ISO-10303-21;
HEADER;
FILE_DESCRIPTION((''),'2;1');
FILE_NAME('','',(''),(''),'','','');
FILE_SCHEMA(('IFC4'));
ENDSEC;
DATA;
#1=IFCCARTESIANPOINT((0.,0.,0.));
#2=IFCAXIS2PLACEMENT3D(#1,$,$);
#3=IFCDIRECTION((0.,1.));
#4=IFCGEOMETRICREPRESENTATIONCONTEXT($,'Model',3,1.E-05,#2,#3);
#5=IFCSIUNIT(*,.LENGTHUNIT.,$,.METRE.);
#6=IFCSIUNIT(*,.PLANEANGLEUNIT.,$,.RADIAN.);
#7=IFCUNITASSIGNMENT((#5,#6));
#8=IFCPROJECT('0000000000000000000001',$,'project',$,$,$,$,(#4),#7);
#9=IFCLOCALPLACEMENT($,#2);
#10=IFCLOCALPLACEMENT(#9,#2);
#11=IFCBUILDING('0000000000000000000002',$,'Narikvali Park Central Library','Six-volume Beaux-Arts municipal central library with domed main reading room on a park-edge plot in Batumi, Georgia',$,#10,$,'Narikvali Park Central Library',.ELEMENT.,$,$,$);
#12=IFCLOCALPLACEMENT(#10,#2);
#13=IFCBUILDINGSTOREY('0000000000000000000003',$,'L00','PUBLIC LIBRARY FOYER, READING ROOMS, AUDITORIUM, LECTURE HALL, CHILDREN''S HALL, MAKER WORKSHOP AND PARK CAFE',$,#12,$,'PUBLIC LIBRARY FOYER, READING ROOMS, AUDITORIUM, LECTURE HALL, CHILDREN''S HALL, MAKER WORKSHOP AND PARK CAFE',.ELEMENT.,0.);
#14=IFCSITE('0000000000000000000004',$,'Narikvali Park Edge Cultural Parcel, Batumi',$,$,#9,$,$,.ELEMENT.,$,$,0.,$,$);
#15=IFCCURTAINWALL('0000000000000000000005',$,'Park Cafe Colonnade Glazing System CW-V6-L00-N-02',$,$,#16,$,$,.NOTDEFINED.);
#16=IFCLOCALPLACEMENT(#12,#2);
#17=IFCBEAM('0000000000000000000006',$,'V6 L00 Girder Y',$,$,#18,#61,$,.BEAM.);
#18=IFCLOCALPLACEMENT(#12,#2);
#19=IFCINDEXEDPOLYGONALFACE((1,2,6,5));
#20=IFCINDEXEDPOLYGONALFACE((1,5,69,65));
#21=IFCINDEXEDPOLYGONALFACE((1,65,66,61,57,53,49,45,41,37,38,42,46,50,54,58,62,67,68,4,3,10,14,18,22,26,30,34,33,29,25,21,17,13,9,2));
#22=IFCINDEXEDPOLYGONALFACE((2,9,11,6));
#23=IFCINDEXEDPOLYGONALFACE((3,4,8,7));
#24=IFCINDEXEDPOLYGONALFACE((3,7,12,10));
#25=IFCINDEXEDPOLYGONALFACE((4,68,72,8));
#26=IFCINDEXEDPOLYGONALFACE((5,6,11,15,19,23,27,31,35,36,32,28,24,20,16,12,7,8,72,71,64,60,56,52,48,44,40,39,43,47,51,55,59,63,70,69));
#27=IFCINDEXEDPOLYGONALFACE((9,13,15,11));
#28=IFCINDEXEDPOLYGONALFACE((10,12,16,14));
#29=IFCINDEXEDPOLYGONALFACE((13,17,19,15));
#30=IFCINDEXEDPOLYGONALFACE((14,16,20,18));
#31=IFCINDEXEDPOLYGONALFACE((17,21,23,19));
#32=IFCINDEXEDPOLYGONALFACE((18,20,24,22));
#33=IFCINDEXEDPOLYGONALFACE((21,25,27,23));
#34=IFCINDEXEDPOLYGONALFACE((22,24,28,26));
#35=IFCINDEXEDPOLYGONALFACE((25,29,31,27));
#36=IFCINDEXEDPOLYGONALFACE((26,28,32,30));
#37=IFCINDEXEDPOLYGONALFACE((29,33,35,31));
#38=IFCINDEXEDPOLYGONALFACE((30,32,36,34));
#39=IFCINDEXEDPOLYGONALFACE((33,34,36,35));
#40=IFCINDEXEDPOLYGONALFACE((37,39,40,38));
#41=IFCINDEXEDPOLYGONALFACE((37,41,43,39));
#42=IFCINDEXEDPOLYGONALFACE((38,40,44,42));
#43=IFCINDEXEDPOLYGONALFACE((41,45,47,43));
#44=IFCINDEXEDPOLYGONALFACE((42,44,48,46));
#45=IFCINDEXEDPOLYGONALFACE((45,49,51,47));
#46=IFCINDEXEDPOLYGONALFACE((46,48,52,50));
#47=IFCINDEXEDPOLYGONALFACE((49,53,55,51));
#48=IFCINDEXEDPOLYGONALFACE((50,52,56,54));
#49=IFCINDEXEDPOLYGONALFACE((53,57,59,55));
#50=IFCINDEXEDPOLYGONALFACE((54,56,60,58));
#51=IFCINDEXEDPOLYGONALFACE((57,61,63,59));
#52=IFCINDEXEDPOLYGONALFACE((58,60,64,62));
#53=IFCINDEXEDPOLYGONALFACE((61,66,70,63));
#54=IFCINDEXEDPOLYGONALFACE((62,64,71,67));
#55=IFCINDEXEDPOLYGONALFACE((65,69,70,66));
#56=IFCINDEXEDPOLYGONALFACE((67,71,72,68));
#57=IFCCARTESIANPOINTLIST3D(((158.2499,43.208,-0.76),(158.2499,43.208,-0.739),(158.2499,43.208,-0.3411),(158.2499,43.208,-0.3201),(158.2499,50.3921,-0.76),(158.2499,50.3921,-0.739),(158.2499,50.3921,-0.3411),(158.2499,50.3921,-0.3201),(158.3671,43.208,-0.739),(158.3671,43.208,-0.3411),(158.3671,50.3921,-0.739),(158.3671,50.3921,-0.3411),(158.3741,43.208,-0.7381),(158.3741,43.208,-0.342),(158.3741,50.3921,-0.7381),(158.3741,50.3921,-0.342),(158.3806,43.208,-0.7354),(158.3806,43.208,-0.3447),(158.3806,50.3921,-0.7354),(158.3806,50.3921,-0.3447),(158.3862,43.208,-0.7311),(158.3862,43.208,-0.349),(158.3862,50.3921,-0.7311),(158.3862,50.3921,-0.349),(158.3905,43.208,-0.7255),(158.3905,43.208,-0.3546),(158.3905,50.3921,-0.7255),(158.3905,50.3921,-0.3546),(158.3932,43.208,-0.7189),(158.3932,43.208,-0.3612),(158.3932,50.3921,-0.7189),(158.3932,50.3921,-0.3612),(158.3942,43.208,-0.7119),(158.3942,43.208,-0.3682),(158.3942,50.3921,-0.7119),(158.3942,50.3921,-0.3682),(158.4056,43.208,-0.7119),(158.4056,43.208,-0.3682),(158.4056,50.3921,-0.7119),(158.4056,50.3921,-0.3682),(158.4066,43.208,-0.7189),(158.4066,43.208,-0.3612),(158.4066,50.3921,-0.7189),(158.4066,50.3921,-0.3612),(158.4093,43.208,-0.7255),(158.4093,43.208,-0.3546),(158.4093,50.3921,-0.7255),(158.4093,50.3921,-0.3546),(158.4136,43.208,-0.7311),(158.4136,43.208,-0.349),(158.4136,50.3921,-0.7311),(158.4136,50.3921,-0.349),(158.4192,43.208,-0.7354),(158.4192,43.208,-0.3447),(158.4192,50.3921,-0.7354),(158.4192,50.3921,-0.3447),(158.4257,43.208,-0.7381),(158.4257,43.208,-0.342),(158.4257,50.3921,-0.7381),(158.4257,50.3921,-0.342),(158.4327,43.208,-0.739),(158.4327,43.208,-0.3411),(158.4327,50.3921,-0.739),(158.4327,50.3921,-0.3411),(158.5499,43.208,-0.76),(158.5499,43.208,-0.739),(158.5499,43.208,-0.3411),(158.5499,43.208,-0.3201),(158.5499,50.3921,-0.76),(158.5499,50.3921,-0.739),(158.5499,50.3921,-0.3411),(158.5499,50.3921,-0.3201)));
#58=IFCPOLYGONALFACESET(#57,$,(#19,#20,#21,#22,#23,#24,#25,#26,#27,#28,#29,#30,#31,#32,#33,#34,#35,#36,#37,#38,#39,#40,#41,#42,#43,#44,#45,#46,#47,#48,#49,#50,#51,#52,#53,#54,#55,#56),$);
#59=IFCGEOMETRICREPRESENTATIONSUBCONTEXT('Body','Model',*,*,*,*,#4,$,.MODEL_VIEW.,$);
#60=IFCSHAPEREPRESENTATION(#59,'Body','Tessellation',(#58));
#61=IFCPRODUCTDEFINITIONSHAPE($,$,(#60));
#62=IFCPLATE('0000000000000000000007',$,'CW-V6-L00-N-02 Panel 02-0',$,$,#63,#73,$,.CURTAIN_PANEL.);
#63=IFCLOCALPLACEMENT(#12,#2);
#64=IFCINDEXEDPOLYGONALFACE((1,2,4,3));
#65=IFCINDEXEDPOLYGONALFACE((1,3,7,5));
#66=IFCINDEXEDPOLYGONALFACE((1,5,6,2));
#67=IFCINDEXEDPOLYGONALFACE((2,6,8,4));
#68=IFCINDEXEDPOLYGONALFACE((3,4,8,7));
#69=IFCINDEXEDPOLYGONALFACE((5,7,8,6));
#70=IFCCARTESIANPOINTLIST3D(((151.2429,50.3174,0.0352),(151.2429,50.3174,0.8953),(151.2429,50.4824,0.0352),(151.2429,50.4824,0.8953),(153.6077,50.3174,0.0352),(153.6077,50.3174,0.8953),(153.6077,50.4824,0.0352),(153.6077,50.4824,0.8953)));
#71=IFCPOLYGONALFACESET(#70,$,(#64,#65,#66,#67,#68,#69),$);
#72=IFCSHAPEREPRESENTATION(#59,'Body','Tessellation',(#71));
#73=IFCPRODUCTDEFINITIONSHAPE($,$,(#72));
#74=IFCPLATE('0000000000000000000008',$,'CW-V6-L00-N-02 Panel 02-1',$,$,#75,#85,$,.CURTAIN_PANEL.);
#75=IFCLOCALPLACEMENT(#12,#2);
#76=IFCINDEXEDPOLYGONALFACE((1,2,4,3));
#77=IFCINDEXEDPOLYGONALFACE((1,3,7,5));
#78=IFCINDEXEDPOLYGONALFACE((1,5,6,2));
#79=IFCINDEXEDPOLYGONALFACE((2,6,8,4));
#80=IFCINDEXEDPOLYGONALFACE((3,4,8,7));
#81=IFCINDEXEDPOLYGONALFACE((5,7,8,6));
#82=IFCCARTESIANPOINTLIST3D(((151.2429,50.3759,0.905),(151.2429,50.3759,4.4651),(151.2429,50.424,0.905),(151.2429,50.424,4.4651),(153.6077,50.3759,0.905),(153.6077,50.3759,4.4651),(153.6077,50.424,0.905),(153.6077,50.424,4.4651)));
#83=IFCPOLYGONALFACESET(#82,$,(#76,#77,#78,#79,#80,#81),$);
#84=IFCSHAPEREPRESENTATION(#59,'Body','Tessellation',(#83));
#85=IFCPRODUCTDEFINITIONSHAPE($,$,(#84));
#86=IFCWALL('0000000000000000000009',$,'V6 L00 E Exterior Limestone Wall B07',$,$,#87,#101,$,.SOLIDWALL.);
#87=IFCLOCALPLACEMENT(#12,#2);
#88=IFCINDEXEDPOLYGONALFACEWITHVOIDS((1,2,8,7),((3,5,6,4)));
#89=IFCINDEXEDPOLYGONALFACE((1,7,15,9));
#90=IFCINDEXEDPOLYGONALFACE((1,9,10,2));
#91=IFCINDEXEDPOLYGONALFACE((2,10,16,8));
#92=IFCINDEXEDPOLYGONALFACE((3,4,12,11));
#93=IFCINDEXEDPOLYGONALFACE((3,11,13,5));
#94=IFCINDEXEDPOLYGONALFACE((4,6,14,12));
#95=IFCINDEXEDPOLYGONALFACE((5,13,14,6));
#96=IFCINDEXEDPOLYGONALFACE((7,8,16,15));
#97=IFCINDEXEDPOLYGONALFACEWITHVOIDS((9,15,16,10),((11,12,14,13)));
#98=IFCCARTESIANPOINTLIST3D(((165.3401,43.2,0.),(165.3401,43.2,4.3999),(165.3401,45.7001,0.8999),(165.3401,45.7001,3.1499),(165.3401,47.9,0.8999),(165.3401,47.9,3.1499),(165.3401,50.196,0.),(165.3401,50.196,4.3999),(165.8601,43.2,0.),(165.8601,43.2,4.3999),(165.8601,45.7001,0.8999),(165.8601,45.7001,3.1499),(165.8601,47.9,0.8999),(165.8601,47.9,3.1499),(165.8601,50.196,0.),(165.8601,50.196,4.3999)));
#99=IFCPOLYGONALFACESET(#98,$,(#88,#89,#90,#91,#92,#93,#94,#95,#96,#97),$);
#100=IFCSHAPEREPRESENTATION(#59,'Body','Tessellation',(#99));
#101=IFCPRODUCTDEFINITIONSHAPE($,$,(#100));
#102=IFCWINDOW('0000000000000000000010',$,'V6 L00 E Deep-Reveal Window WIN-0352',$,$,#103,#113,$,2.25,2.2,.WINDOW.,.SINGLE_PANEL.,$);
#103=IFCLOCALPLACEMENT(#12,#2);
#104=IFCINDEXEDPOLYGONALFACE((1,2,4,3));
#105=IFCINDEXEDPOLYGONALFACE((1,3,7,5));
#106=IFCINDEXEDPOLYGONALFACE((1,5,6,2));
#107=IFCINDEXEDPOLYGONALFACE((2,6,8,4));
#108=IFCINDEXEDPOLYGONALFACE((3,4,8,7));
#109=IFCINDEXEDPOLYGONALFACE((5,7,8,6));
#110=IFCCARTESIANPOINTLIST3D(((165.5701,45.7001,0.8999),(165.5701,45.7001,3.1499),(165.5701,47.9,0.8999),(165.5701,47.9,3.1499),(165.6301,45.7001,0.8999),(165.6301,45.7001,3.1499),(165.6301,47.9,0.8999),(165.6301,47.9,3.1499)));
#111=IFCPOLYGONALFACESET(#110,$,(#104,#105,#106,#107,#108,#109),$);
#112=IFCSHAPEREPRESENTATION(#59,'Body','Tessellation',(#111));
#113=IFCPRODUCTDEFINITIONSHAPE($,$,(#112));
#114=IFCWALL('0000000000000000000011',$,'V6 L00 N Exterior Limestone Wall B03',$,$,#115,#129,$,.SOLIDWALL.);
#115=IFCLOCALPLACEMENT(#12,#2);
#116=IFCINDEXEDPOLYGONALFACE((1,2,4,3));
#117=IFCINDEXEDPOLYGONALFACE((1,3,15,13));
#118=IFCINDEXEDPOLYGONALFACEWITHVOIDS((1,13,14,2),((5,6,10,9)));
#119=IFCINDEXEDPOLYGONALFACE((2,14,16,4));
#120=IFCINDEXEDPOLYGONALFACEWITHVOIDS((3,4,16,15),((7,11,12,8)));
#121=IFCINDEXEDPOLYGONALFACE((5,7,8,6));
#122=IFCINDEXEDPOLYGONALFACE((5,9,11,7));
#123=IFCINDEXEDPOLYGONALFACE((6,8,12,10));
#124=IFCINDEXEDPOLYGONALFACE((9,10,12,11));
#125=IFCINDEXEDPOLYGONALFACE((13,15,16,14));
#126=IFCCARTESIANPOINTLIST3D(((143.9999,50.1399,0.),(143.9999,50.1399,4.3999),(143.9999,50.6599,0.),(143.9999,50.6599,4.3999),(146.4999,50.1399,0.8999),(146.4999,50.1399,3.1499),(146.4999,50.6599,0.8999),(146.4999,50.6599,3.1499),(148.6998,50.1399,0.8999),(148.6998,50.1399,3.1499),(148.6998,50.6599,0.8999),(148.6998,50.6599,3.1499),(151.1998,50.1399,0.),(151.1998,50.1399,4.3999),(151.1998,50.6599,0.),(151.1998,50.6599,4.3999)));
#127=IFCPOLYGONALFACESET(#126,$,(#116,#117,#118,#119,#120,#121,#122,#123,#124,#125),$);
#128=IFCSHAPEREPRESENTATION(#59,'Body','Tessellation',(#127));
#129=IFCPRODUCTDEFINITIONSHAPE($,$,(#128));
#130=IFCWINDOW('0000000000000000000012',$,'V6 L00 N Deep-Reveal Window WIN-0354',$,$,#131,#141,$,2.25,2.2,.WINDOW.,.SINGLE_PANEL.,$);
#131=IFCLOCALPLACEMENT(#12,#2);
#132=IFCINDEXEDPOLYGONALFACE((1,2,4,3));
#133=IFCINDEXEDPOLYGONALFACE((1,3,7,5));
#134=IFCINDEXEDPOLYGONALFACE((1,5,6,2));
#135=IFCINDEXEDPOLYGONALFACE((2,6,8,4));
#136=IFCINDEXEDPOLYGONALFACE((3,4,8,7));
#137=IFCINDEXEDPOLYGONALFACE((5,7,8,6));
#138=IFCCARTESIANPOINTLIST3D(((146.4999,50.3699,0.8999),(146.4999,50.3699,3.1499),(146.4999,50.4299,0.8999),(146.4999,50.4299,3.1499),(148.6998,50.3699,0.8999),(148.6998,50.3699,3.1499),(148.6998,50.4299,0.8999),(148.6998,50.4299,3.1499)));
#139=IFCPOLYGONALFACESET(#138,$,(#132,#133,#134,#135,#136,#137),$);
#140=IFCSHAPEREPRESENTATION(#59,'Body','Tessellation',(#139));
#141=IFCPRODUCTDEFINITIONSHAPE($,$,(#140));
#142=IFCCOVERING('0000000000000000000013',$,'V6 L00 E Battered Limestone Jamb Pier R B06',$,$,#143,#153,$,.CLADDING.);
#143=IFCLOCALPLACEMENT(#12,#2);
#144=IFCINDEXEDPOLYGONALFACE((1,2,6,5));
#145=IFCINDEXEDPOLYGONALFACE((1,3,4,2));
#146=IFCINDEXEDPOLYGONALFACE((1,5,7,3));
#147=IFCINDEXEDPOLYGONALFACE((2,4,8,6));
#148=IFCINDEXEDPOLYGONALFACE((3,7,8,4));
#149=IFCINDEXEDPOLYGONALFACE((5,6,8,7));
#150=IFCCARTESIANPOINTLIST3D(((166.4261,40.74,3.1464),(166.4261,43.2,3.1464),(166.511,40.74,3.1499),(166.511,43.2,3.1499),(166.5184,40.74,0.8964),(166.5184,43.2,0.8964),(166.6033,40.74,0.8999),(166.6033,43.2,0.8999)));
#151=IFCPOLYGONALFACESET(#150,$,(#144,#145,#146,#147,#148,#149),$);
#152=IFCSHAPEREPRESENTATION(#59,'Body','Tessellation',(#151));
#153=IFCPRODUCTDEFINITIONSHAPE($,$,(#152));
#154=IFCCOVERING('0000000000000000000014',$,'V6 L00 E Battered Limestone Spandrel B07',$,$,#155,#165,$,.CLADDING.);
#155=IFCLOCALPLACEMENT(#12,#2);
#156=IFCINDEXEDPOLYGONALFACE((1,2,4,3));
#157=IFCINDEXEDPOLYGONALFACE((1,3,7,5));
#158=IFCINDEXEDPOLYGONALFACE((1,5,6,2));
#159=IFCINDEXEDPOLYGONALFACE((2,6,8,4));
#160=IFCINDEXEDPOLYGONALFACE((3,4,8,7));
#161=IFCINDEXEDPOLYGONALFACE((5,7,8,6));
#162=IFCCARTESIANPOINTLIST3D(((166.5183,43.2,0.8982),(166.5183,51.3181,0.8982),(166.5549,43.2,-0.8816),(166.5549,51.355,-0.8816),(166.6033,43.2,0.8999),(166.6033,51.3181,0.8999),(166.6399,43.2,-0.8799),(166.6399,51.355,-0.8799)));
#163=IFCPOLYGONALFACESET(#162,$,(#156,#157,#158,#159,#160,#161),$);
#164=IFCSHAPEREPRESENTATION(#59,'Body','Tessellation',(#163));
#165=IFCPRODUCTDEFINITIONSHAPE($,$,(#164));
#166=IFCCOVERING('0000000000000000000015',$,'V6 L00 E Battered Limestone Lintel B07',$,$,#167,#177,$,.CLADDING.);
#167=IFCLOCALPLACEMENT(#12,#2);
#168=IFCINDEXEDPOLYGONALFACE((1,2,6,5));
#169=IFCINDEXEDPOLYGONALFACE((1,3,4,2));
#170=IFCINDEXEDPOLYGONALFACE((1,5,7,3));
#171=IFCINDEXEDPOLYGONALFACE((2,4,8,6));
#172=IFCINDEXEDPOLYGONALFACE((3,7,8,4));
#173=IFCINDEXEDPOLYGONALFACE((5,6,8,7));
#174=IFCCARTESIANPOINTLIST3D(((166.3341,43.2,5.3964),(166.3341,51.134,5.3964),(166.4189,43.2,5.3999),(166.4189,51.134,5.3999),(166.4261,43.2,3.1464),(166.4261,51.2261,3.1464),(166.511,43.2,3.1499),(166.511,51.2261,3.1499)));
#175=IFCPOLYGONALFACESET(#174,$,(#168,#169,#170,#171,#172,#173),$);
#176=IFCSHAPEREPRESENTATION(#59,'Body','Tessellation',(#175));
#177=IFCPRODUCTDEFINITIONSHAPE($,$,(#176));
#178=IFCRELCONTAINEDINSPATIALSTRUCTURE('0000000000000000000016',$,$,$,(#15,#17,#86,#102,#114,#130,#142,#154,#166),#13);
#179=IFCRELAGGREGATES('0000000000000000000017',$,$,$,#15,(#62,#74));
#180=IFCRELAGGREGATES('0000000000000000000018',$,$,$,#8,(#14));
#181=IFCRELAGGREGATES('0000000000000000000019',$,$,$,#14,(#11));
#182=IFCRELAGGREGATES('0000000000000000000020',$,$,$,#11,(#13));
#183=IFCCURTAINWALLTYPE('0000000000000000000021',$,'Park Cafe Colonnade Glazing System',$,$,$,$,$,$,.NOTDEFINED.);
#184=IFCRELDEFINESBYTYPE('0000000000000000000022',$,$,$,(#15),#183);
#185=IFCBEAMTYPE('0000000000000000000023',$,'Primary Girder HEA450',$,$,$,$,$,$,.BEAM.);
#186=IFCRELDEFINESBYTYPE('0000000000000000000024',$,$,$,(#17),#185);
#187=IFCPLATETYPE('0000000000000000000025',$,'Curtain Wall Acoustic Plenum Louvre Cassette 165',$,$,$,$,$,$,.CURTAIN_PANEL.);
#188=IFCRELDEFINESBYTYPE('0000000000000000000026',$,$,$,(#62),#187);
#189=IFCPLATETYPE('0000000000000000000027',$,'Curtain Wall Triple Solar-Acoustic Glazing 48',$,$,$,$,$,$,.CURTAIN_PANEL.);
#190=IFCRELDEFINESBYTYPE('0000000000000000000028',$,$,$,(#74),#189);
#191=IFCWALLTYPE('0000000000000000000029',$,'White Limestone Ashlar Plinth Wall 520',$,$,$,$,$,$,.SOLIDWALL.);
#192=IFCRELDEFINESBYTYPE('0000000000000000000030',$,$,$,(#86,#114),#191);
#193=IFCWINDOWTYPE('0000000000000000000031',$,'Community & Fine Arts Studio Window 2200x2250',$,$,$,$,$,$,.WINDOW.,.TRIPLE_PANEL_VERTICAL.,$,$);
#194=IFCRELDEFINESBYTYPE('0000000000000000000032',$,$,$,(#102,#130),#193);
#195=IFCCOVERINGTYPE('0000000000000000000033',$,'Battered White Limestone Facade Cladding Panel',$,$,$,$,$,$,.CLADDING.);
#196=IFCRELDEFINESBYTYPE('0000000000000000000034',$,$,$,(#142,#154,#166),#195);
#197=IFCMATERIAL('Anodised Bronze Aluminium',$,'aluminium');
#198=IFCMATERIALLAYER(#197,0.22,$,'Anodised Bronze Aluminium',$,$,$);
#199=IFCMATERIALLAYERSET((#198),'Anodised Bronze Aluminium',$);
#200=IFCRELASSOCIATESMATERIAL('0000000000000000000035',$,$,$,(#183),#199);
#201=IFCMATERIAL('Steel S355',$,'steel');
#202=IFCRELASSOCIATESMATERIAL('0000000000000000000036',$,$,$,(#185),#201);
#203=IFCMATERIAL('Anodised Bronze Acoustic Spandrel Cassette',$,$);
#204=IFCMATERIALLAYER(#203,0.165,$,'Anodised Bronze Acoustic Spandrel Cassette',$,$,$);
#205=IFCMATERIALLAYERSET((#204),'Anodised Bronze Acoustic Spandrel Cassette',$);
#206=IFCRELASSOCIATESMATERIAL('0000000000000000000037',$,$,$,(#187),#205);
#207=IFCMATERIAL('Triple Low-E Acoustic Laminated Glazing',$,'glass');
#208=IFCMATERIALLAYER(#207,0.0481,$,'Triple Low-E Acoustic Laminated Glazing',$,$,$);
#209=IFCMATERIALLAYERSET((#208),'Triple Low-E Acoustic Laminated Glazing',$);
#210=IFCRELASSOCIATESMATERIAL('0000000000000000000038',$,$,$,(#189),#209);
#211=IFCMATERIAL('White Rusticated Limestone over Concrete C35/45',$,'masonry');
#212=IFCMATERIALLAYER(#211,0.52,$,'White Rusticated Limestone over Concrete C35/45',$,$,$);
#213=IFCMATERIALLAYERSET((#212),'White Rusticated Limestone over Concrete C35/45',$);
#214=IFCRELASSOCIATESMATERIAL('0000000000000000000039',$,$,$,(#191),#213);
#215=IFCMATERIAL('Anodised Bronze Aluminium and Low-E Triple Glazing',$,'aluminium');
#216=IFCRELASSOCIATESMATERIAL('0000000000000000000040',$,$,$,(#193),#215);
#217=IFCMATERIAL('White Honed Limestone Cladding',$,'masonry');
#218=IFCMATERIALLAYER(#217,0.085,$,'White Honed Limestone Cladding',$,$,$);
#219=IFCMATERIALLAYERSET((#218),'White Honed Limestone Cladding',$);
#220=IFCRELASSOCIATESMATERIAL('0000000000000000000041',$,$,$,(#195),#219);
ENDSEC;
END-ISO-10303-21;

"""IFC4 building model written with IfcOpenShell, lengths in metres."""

from ifc_helpers import new_model, si_unit, direction, frame, frame_2d, origin, origin_2d, place, context, subcontext, project, spatial, polyline, rectangle, i_section, outline, extrude, material, layer, layer_set, material_profile, profile_set, type_object, element, fill, aggregate, save


model = new_model("IFC4")

# Units and contexts
model_context = context("Model", 3, precision=1e-05, world=origin(), true_north=direction((0.0, 1.0)))
body_context = subcontext(model_context, "Body", "Model", "MODEL_VIEW")
ifc_project = project(units=[si_unit("LENGTHUNIT", "METRE"), si_unit("PLANEANGLEUNIT", "RADIAN")], contexts=[model_context])

# Site, building, storey
site_placement = place(None, origin())
site = spatial("IfcSite", under=ifc_project, at=site_placement, Name="Narikvali Park Edge Cultural Parcel, Batumi", CompositionType="ELEMENT", RefElevation=0.0)
building_placement = place(site_placement, origin())
building = spatial("IfcBuilding", under=site, at=building_placement, Name="Narikvali Park Central Library", Description="Six-volume Beaux-Arts municipal central library with domed main reading room on a park-edge plot in Batumi, Georgia", LongName="Narikvali Park Central Library", CompositionType="ELEMENT")
storey_placement = place(building_placement, origin())
storey = spatial("IfcBuildingStorey", under=building, at=storey_placement, Name="L00", Description="PUBLIC LIBRARY FOYER, READING ROOMS, AUDITORIUM, LECTURE HALL, CHILDREN'S HALL, MAKER WORKSHOP AND PARK CAFE", LongName="PUBLIC LIBRARY FOYER, READING ROOMS, AUDITORIUM, LECTURE HALL, CHILDREN'S HALL, MAKER WORKSHOP AND PARK CAFE", CompositionType="ELEMENT", Elevation=0.0)

# Shared definitions
ifc_material_1 = material(Name="Steel S355", Category="steel")

# Curtain wall
ifc_material_2 = material(Name="Anodised Bronze Aluminium", Category="aluminium")
ifc_layer_1 = layer(ifc_material_2, 0.22, Name="Anodised Bronze Aluminium")
ifc_layer_set_1 = layer_set([ifc_layer_1], Name="Anodised Bronze Aluminium")
curtain_wall_type = type_object("IfcCurtainWallType", Name="Park Cafe Colonnade Glazing System", PredefinedType="NOTDEFINED", material=ifc_layer_set_1)
curtain_wall_placement = place(storey_placement, origin())
curtain_wall = element("IfcCurtainWall", 1, at=curtain_wall_placement, inside=storey, type_object=curtain_wall_type, Name="Park Cafe Colonnade Glazing System CW-V6-L00-N-02", PredefinedType="NOTDEFINED")

# Beam
ifc_material_profile_1 = material_profile(ifc_material_1, i_section(OverallWidth=0.3, OverallDepth=0.4399, WebThickness=0.0115, FlangeThickness=0.021, FilletRadius=0.0271, at=origin_2d()), Name="HEA 450")
ifc_profile_set_1 = profile_set([ifc_material_profile_1], Name="Steel S355")
beam_type_1 = type_object("IfcBeamType", Name="Primary Girder HEA450", PredefinedType="BEAM", material=ifc_profile_set_1)
for number, where, z_axis, x_axis, name in (
    (2, (158.3999, 43.208, -0.54), (0.0, 1.0, 0.0), (-1.0, 0.0, 0.0), "V6 L00 Girder Y"),
):
    element("IfcBeam", number, at=place(storey_placement, frame(where, z_axis=z_axis, x_axis=x_axis)), inside=storey, type_object=beam_type_1, Name=name, PredefinedType="BEAM", context=body_context, shape_type="SweptSolid", body=[
        extrude(i_section(OverallWidth=0.3, OverallDepth=0.4399, WebThickness=0.0115, FlangeThickness=0.021, FilletRadius=0.0271, at=origin_2d()), origin(), (0.0, 0.0, 1.0), 7.1841),
    ])

# Plates
ifc_material_3 = material(Name="Anodised Bronze Acoustic Spandrel Cassette")
ifc_layer_2 = layer(ifc_material_3, 0.165, Name="Anodised Bronze Acoustic Spandrel Cassette")
ifc_layer_set_2 = layer_set([ifc_layer_2], Name="Anodised Bronze Acoustic Spandrel Cassette")
plate_type_1 = type_object("IfcPlateType", Name="Curtain Wall Acoustic Plenum Louvre Cassette 165", PredefinedType="CURTAIN_PANEL", material=ifc_layer_set_2)
plate_1_placement = place(storey_placement, frame((152.4253, 50.3999, 0.0352), z_axis=(0.0, 0.0, 1.0), x_axis=(-1.0, 0.0, 0.0)))
plate_1 = element("IfcPlate", 3, at=plate_1_placement, type_object=plate_type_1, Name="CW-V6-L00-N-02 Panel 02-0", PredefinedType="CURTAIN_PANEL", context=body_context, shape_type="SweptSolid", body=[
    extrude(rectangle(XDim=2.3647, YDim=0.165, at=origin_2d()), origin(), (0.0, 0.0, 1.0), 0.8601),
])
ifc_material_4 = material(Name="Triple Low-E Acoustic Laminated Glazing", Category="glass")
ifc_layer_3 = layer(ifc_material_4, 0.0481, Name="Triple Low-E Acoustic Laminated Glazing")
ifc_layer_set_3 = layer_set([ifc_layer_3], Name="Triple Low-E Acoustic Laminated Glazing")
plate_type_2 = type_object("IfcPlateType", Name="Curtain Wall Triple Solar-Acoustic Glazing 48", PredefinedType="CURTAIN_PANEL", material=ifc_layer_set_3)
plate_2_placement = place(storey_placement, frame((152.4253, 50.3999, 0.905), z_axis=(0.0, 0.0, 1.0), x_axis=(-1.0, 0.0, 0.0)))
plate_2 = element("IfcPlate", 4, at=plate_2_placement, type_object=plate_type_2, Name="CW-V6-L00-N-02 Panel 02-1", PredefinedType="CURTAIN_PANEL", context=body_context, shape_type="SweptSolid", body=[
    extrude(rectangle(XDim=2.3647, YDim=0.0481, at=origin_2d()), origin(), (0.0, 0.0, 1.0), 3.5601),
])
aggregate(curtain_wall, [plate_1, plate_2])

# Walls, openings, windows
ifc_material_5 = material(Name="White Rusticated Limestone over Concrete C35/45", Category="masonry")
ifc_layer_4 = layer(ifc_material_5, 0.52, Name="White Rusticated Limestone over Concrete C35/45")
ifc_layer_set_4 = layer_set([ifc_layer_4], Name="White Rusticated Limestone over Concrete C35/45")
wall_type = type_object("IfcWallType", Name="White Limestone Ashlar Plinth Wall 520", PredefinedType="SOLIDWALL", material=ifc_layer_set_4)
wall_1_placement = place(storey_placement, frame((165.6001, 43.2, 0.0), z_axis=(0.0, 0.0, 1.0), x_axis=(0.0, 1.0, 0.0)))
wall_1 = element("IfcWall", 5, at=wall_1_placement, inside=storey, type_object=wall_type, Name="V6 L00 E Exterior Limestone Wall B07", PredefinedType="SOLIDWALL", context=body_context, shape_type="SweptSolid", body=[
    extrude(rectangle(XDim=6.9961, YDim=0.52, at=frame_2d((3.498, 0.0))), origin(), (0.0, 0.0, 1.0), 4.3999),
])
opening_1_placement = place(wall_1_placement, frame((2.5, 0.0, 0.8999)))
opening_1 = element("IfcOpeningElement", 6, at=opening_1_placement, cuts=wall_1, PredefinedType="OPENING", context=body_context, shape_type="SweptSolid", body=[
    extrude(rectangle(XDim=2.2, YDim=2.25, at=frame_2d((1.1001, 1.125))), frame((0.0, 0.272, 0.0), z_axis=(0.0, -1.0, 0.0), x_axis=(1.0, 0.0, 0.0)), (0.0, 0.0, 1.0), 0.5439),
])
ifc_material_6 = material(Name="Anodised Bronze Aluminium and Low-E Triple Glazing", Category="aluminium")
window_type = type_object("IfcWindowType", Name="Community & Fine Arts Studio Window 2200x2250", PartitioningType="TRIPLE_PANEL_VERTICAL", PredefinedType="WINDOW", material=ifc_material_6)
window_1_placement = place(opening_1_placement, origin())
window_1 = element("IfcWindow", 7, at=window_1_placement, inside=storey, type_object=window_type, Name="V6 L00 E Deep-Reveal Window WIN-0352", OverallHeight=2.25, OverallWidth=2.2, PartitioningType="SINGLE_PANEL", PredefinedType="WINDOW", context=body_context, shape_type="SweptSolid", body=[
    extrude(rectangle(XDim=2.2, YDim=2.25, at=frame_2d((1.1001, 1.125))), frame((0.0, 0.03, 0.0), z_axis=(0.0, -1.0, 0.0), x_axis=(1.0, 0.0, 0.0)), (0.0, 0.0, 1.0), 0.0601),
])
fill(opening_1, window_1)
wall_2_placement = place(storey_placement, frame((151.2, 50.3999, 0.0), z_axis=(0.0, 0.0, 1.0), x_axis=(-1.0, 0.0, 0.0)))
wall_2 = element("IfcWall", 8, at=wall_2_placement, inside=storey, type_object=wall_type, Name="V6 L00 N Exterior Limestone Wall B03", PredefinedType="SOLIDWALL", context=body_context, shape_type="SweptSolid", body=[
    extrude(rectangle(XDim=7.2, YDim=0.52, at=frame_2d((3.6001, 0.0))), origin(), (0.0, 0.0, 1.0), 4.3999),
])
opening_2_placement = place(wall_2_placement, frame((2.5, 0.0, 0.8999)))
opening_2 = element("IfcOpeningElement", 9, at=opening_2_placement, cuts=wall_2, PredefinedType="OPENING", context=body_context, shape_type="SweptSolid", body=[
    extrude(rectangle(XDim=2.2, YDim=2.25, at=frame_2d((1.1001, 1.125))), frame((0.0, 0.272, 0.0), z_axis=(0.0, -1.0, 0.0), x_axis=(1.0, 0.0, 0.0)), (0.0, 0.0, 1.0), 0.5439),
])
window_2_placement = place(opening_2_placement, origin())
window_2 = element("IfcWindow", 10, at=window_2_placement, inside=storey, type_object=window_type, Name="V6 L00 N Deep-Reveal Window WIN-0354", OverallHeight=2.25, OverallWidth=2.2, PartitioningType="SINGLE_PANEL", PredefinedType="WINDOW", context=body_context, shape_type="SweptSolid", body=[
    extrude(rectangle(XDim=2.2, YDim=2.25, at=frame_2d((1.1001, 1.125))), frame((0.0, 0.03, 0.0), z_axis=(0.0, -1.0, 0.0), x_axis=(1.0, 0.0, 0.0)), (0.0, 0.0, 1.0), 0.0601),
])
fill(opening_2, window_2)

# Coverings
ifc_material_7 = material(Name="White Honed Limestone Cladding", Category="masonry")
ifc_layer_5 = layer(ifc_material_7, 0.085, Name="White Honed Limestone Cladding")
ifc_layer_set_5 = layer_set([ifc_layer_5], Name="White Honed Limestone Cladding")
covering_type = type_object("IfcCoveringType", Name="Battered White Limestone Facade Cladding Panel", PredefinedType="CLADDING", material=ifc_layer_set_5)
covering_1_placement = place(storey_placement, frame((166.6033, 40.74, 0.8999), z_axis=(0.99916, 0.0, 0.040981), x_axis=(0.0, 1.0, 0.0)))
element("IfcCovering", 11, at=covering_1_placement, inside=storey, type_object=covering_type, Name="V6 L00 E Battered Limestone Jamb Pier R B06", PredefinedType="CLADDING", context=body_context, shape_type="SweptSolid", body=[
    extrude(outline(polyline([(0.0, 0.0), (2.46, 0.0), (2.46, 2.2519), (0.0, 2.2519), (0.0, 0.0)])), origin(), (0.0, 0.0, -1.0), 0.085),
])
covering_2_placement = place(storey_placement, frame((166.6399, 43.2, -0.8799), z_axis=(0.999788, 0.0, 0.020572), x_axis=(0.0, 1.0, 0.0)))
element("IfcCovering", 12, at=covering_2_placement, inside=storey, type_object=covering_type, Name="V6 L00 E Battered Limestone Spandrel B07", PredefinedType="CLADDING", context=body_context, shape_type="SweptSolid", body=[
    extrude(outline(polyline([(0.0, 0.0), (8.155, 0.0), (8.1182, 1.7802), (0.0, 1.7802), (0.0, 0.0)])), origin(), (0.0, 0.0, -1.0), 0.085),
])
covering_3_placement = place(storey_placement, frame((166.511, 43.2, 3.1499), z_axis=(0.999164, 0.0, 0.040873), x_axis=(0.0, 1.0, 0.0)))
element("IfcCovering", 13, at=covering_3_placement, inside=storey, type_object=covering_type, Name="V6 L00 E Battered Limestone Lintel B07", PredefinedType="CLADDING", context=body_context, shape_type="SweptSolid", body=[
    extrude(outline(polyline([(0.0, 0.0), (8.0261, 0.0), (7.9341, 2.2519), (0.0, 2.2519), (0.0, 0.0)])), origin(), (0.0, 0.0, -1.0), 0.085),
])

save(model, "model.ifc")
